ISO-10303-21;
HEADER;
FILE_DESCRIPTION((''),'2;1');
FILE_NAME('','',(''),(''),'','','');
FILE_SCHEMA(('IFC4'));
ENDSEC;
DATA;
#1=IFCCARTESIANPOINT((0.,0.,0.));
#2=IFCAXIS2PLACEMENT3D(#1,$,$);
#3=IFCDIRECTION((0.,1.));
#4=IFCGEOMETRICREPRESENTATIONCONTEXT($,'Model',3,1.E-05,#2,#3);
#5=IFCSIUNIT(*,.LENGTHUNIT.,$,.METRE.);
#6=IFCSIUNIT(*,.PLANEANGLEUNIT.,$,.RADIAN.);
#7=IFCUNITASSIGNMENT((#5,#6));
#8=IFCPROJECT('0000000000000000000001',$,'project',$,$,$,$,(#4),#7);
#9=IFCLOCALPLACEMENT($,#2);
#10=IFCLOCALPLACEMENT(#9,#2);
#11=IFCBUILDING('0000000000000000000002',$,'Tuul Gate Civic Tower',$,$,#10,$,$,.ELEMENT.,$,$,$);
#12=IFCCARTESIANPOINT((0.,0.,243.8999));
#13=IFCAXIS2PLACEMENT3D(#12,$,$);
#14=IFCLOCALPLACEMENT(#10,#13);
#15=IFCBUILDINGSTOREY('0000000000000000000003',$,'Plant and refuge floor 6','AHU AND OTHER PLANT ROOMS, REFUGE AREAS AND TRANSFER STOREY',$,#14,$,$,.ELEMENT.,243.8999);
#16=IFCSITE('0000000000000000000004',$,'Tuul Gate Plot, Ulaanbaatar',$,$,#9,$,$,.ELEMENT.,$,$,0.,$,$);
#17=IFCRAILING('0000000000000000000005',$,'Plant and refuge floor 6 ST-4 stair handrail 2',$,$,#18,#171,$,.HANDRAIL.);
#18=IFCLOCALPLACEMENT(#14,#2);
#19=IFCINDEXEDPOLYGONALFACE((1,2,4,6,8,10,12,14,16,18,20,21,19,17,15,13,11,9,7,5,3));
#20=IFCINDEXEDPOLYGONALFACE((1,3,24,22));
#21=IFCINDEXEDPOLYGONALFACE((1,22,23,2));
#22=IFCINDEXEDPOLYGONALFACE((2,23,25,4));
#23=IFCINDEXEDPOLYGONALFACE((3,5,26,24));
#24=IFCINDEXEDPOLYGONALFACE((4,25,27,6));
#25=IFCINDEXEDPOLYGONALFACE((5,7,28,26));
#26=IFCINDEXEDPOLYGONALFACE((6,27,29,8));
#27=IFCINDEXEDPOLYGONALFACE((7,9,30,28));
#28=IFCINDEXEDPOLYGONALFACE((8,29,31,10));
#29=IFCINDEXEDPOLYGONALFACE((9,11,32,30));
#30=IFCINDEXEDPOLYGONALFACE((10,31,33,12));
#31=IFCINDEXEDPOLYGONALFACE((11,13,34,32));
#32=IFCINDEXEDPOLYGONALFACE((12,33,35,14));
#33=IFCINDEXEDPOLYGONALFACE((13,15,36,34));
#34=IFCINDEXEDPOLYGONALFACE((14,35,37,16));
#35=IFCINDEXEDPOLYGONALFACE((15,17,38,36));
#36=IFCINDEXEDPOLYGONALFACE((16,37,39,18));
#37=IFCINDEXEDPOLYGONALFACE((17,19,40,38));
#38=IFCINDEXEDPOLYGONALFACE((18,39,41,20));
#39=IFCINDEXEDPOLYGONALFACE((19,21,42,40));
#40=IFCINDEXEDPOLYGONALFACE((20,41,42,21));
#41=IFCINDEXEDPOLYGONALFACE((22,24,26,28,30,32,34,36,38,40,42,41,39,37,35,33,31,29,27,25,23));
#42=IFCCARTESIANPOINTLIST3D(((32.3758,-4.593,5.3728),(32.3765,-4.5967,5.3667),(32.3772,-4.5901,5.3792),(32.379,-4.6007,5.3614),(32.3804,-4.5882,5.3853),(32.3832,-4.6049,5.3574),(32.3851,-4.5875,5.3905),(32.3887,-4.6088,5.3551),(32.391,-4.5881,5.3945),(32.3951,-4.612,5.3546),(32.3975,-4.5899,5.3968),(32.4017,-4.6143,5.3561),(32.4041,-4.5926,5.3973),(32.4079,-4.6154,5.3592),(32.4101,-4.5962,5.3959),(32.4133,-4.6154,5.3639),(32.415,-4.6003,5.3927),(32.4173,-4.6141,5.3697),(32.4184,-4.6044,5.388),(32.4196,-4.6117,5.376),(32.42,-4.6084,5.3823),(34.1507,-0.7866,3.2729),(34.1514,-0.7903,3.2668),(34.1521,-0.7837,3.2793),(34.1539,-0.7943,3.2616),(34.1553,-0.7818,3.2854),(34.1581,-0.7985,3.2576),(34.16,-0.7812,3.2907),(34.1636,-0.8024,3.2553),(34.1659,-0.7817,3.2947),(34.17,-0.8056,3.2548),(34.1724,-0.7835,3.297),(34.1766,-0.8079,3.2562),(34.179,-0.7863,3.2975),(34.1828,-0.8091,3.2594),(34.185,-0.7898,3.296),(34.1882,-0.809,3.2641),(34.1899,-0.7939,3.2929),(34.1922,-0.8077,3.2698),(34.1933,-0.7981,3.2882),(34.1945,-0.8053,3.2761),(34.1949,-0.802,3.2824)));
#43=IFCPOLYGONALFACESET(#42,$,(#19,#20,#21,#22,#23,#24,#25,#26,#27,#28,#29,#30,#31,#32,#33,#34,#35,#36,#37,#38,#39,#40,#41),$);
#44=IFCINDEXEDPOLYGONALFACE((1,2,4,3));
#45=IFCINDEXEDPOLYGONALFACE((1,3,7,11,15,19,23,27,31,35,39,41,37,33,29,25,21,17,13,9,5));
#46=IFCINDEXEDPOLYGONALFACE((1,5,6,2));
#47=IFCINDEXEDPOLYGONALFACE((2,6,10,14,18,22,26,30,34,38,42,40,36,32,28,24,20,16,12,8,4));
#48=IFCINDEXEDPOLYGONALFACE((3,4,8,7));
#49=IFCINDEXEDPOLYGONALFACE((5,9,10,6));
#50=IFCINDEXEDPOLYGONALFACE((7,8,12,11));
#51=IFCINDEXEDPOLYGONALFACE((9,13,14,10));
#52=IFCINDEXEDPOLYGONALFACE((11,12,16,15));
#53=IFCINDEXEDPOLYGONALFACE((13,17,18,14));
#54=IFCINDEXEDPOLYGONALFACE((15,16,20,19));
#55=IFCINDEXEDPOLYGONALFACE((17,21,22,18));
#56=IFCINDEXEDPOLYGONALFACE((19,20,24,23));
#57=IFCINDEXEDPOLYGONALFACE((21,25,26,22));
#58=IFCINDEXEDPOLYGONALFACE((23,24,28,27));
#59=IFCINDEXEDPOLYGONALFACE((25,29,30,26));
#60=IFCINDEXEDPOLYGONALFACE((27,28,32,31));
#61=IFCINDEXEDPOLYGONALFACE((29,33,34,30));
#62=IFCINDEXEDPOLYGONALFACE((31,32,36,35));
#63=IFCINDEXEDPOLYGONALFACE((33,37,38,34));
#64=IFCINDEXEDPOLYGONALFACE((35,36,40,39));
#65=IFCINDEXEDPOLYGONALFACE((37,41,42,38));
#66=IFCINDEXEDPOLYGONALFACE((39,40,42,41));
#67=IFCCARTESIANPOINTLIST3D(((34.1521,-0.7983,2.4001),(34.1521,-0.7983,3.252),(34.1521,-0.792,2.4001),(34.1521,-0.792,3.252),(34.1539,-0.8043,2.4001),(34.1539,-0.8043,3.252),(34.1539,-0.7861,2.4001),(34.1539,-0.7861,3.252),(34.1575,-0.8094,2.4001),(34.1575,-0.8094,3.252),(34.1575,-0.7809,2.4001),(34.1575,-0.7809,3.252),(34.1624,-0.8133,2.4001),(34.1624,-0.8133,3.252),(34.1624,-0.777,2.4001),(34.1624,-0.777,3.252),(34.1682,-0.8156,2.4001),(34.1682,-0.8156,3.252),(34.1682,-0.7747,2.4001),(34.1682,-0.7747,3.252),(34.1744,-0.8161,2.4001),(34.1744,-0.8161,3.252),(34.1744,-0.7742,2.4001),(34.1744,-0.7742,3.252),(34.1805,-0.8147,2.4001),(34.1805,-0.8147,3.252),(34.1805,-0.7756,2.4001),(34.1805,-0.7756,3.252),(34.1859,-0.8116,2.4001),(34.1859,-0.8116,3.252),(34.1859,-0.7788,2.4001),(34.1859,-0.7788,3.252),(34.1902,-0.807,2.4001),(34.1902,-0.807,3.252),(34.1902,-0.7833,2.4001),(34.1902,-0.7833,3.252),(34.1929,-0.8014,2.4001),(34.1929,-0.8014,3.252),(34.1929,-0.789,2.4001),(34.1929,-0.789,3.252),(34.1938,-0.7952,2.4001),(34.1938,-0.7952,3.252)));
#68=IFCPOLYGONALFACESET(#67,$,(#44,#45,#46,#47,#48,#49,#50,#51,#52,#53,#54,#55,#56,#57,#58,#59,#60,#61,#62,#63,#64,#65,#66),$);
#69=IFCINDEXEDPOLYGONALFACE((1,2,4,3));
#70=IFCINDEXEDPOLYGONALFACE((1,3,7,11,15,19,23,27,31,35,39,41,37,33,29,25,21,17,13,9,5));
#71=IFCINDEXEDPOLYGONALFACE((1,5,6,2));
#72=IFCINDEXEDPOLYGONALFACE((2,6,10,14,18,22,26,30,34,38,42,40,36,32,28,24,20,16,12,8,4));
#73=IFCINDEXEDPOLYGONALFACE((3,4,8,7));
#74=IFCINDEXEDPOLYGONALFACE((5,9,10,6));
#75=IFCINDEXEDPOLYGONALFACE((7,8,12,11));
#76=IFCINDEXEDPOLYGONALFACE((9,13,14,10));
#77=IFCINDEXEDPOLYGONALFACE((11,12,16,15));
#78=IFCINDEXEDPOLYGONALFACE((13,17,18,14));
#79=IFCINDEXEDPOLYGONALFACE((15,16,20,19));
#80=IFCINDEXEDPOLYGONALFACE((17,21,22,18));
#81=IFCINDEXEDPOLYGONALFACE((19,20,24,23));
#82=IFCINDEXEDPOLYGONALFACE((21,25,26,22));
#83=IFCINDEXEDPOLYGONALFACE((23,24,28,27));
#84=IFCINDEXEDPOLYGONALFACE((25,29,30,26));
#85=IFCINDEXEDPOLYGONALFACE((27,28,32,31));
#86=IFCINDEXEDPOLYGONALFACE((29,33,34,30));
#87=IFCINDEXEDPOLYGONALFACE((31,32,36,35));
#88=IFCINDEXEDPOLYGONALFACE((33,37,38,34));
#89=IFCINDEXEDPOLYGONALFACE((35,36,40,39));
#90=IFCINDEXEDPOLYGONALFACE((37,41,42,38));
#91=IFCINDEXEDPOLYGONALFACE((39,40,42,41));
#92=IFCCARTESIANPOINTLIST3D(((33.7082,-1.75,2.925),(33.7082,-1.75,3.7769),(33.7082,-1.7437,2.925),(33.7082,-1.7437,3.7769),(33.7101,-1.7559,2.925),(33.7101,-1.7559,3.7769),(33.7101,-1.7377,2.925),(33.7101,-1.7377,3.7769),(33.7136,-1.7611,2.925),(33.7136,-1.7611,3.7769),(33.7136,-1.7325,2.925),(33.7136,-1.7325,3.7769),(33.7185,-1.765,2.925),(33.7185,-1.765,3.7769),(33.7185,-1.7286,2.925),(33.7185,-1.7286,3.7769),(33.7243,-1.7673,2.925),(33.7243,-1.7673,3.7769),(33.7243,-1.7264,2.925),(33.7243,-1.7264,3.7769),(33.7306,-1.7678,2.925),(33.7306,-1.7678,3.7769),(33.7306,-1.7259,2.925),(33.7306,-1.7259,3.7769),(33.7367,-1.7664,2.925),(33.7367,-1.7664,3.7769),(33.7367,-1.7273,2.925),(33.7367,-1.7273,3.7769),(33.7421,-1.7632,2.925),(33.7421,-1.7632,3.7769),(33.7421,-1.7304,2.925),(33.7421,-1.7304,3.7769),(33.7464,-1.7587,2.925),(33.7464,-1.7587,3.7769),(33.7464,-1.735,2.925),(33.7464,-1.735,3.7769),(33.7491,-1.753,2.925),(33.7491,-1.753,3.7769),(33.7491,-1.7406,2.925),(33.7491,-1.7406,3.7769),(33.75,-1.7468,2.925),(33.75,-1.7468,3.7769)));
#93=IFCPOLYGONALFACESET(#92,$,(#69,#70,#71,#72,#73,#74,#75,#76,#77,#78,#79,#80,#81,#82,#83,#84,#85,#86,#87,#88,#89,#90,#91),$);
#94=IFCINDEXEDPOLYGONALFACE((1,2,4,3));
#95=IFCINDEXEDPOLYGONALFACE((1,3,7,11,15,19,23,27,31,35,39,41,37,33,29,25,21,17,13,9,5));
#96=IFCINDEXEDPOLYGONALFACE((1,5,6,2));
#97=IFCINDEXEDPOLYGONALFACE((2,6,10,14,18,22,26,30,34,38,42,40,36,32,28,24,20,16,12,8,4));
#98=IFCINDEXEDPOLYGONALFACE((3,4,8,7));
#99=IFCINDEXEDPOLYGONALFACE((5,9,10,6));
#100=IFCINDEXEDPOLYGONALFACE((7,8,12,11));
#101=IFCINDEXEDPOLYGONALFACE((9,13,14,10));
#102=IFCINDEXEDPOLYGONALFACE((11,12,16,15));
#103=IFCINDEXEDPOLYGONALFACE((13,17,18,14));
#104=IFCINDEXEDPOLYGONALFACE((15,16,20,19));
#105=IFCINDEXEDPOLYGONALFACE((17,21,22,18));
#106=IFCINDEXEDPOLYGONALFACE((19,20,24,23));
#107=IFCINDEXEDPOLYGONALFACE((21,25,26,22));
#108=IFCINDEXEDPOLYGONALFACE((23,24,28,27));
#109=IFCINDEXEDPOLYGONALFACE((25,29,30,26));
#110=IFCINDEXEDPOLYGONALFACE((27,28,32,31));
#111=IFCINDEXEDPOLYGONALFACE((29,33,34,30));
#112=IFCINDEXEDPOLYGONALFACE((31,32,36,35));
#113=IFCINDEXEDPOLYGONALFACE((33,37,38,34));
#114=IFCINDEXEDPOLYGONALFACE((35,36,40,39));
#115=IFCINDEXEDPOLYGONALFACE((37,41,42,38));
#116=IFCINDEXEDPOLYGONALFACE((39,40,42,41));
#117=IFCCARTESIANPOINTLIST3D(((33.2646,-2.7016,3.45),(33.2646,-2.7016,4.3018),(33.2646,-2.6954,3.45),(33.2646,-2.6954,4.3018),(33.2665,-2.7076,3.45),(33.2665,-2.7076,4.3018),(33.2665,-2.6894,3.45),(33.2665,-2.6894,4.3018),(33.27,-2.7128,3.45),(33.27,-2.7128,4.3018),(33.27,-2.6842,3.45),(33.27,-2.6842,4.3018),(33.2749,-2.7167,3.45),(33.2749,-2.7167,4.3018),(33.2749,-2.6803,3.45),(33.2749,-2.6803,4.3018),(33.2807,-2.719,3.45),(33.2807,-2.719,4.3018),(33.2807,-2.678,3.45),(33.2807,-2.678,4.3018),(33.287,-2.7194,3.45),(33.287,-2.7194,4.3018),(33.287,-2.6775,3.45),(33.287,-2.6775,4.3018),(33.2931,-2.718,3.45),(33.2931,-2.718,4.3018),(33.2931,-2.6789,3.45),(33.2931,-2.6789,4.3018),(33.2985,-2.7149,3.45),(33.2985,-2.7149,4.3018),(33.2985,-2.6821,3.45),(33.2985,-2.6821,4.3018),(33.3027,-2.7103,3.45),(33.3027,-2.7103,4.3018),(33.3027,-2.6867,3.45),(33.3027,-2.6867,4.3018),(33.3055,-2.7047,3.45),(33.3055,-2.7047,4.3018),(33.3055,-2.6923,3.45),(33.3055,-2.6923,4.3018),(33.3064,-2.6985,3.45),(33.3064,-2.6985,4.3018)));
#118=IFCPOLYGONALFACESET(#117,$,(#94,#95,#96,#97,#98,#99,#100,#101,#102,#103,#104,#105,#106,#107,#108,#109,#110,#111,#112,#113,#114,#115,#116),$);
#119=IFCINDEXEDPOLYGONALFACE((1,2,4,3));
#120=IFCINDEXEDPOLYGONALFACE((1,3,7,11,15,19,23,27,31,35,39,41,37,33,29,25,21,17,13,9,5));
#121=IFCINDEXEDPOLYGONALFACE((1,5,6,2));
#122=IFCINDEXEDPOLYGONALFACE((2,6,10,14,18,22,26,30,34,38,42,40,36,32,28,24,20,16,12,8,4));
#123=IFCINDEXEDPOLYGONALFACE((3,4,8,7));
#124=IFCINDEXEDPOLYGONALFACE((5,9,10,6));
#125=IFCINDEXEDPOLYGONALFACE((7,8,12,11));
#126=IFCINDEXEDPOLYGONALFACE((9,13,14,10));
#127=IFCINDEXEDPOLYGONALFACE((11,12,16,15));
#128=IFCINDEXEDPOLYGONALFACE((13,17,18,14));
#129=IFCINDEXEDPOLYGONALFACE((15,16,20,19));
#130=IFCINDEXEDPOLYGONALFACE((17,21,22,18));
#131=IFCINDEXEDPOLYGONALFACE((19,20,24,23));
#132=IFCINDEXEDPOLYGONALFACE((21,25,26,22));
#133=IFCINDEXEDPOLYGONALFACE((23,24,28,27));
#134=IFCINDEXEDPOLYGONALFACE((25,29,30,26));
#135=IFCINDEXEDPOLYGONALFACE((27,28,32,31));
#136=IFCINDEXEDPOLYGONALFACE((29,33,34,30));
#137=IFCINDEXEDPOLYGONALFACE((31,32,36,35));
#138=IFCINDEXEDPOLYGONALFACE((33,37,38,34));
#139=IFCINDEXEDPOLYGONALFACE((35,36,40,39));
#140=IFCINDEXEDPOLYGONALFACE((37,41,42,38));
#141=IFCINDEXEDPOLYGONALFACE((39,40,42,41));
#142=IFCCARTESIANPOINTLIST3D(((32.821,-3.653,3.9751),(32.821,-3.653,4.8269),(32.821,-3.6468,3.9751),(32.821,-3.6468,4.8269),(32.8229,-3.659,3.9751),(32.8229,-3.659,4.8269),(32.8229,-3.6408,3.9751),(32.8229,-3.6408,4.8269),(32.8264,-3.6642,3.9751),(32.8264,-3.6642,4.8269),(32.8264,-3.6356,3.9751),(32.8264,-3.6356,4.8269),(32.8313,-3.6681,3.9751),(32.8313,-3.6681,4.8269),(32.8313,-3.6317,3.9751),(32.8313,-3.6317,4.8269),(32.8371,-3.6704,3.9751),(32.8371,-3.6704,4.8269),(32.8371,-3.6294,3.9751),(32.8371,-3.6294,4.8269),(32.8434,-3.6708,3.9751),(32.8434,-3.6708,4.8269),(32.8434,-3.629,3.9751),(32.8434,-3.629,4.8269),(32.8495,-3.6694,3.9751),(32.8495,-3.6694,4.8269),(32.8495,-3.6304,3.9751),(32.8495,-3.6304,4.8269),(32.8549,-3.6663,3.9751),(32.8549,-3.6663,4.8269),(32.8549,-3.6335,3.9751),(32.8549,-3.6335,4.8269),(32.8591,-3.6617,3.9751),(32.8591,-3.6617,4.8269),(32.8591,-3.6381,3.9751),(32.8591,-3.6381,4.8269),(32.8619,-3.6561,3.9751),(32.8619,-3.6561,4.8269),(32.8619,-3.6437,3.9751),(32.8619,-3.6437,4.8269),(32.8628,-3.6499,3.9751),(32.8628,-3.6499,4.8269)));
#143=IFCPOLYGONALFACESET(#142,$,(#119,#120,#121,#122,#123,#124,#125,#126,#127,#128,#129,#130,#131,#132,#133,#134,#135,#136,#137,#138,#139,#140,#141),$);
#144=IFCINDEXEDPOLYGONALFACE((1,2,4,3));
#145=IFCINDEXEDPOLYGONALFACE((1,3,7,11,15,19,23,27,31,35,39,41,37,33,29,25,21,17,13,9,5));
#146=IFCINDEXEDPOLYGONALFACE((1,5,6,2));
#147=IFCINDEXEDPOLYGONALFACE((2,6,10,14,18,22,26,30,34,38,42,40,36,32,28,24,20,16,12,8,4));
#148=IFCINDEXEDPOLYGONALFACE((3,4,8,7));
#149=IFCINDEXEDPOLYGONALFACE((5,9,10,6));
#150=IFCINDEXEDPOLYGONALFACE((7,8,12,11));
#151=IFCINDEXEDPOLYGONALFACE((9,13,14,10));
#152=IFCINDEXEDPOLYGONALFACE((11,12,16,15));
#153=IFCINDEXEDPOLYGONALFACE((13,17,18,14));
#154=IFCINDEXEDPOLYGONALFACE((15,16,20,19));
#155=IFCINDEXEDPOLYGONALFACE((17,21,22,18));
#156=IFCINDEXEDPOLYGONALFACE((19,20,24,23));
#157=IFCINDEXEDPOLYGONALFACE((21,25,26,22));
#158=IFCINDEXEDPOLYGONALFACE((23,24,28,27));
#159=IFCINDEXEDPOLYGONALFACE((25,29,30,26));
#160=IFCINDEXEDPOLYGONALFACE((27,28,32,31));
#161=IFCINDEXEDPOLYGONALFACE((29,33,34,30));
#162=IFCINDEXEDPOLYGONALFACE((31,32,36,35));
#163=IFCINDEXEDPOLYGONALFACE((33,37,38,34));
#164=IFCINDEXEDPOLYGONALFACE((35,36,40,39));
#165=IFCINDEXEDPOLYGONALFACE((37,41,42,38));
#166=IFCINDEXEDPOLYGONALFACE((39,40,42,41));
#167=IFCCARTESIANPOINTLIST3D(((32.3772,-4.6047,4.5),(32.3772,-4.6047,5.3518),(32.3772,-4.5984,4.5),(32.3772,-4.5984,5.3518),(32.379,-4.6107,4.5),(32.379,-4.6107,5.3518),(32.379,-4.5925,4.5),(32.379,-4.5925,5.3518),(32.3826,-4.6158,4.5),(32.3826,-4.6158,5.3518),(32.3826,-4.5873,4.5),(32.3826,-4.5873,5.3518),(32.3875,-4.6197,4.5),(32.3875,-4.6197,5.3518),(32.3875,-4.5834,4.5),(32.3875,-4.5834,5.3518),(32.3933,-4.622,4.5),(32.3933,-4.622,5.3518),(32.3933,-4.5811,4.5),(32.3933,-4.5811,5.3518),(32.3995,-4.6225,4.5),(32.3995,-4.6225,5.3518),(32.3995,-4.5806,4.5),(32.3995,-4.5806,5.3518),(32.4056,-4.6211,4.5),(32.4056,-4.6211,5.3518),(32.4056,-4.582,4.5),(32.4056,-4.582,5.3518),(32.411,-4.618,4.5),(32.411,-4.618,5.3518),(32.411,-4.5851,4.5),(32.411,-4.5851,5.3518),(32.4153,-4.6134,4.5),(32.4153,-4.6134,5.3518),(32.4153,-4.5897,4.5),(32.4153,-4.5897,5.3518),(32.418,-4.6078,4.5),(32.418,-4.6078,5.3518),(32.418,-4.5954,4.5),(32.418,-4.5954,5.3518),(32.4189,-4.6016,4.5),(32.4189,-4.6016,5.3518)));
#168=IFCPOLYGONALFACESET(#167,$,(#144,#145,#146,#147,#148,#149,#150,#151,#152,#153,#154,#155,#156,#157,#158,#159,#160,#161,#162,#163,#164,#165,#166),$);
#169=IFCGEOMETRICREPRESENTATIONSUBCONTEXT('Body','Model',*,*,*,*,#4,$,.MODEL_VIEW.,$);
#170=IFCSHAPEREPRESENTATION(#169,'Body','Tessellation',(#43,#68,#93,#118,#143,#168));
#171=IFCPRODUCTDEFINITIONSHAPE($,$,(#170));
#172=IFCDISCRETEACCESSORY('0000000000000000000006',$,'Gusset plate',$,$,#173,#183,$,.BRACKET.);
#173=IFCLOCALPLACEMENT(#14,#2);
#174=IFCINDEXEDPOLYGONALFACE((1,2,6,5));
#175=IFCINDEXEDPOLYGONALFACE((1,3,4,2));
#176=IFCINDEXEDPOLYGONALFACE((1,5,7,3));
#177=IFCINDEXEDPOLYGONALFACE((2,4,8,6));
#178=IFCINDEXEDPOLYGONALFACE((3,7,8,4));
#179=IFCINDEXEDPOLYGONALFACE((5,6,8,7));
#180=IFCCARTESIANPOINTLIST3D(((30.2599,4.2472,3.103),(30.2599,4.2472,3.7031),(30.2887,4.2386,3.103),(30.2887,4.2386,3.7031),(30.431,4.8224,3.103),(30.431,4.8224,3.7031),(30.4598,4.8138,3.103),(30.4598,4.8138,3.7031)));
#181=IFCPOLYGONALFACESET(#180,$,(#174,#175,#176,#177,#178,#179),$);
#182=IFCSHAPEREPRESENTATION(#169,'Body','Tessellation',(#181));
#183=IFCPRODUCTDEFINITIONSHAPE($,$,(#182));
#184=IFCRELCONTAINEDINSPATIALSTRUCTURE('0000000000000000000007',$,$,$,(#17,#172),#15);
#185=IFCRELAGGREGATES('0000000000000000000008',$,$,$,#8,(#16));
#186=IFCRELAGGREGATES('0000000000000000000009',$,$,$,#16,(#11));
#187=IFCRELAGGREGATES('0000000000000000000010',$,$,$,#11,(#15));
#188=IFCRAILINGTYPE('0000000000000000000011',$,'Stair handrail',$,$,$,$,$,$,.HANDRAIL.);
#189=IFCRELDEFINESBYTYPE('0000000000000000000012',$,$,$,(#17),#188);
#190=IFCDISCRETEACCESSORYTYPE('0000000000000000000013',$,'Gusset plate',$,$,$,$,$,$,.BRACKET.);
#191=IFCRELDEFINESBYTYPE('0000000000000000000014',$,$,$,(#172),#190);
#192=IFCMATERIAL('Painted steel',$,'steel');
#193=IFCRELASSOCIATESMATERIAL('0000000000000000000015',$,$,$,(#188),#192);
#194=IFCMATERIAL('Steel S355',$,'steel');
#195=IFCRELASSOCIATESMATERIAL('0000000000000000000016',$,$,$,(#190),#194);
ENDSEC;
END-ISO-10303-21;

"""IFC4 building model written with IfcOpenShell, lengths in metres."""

from ifc_helpers import new_model, si_unit, direction, frame, origin, origin_2d, place, context, subcontext, project, spatial, rectangle, circle, extrude, material, type_object, element, save


model = new_model("IFC4")

# Units and contexts
model_context = context("Model", 3, precision=1e-05, world=origin(), true_north=direction((0.0, 1.0)))
body_context = subcontext(model_context, "Body", "Model", "MODEL_VIEW")
ifc_project = project(units=[si_unit("LENGTHUNIT", "METRE"), si_unit("PLANEANGLEUNIT", "RADIAN")], contexts=[model_context])

# Site, building, storey
site_placement = place(None, origin())
site = spatial("IfcSite", under=ifc_project, at=site_placement, Name="Tuul Gate Plot, Ulaanbaatar", CompositionType="ELEMENT", RefElevation=0.0)
building_placement = place(site_placement, origin())
building = spatial("IfcBuilding", under=site, at=building_placement, Name="Tuul Gate Civic Tower", CompositionType="ELEMENT")
storey_placement = place(building_placement, frame((0.0, 0.0, 243.8999)))
storey = spatial("IfcBuildingStorey", under=building, at=storey_placement, Name="Plant and refuge floor 6", Description="AHU AND OTHER PLANT ROOMS, REFUGE AREAS AND TRANSFER STOREY", CompositionType="ELEMENT", Elevation=243.8999)

# Railing
ifc_material_1 = material(Name="Painted steel", Category="steel")
railing_type = type_object("IfcRailingType", Name="Stair handrail", PredefinedType="HANDRAIL", material=ifc_material_1)
railing_placement = place(storey_placement, frame((34.1729, -0.7952, 2.4001)))
element("IfcRailing", 1, at=railing_placement, inside=storey, type_object=railing_type, Name="Plant and refuge floor 6 ST-4 stair handrail 2", PredefinedType="HANDRAIL", context=body_context, shape_type="SweptSolid", body=[
    extrude(circle(Radius=0.0239, at=origin_2d()), frame((0.0, 0.0, 0.876), z_axis=(-0.377996, -0.810637, 0.447199), x_axis=(0.906312, -0.422609, 0.0)), (0.0, 0.0, 1.0), 4.6956),
    extrude(circle(Radius=0.021, at=origin_2d()), origin(), (0.0, 0.0, 1.0), 0.8518),
    extrude(circle(Radius=0.021, at=origin_2d()), frame((-0.4438, -0.9517, 0.5249)), (0.0, 0.0, 1.0), 0.8518),
    extrude(circle(Radius=0.021, at=origin_2d()), frame((-0.8875, -1.9033, 1.0498)), (0.0, 0.0, 1.0), 0.8518),
    extrude(circle(Radius=0.021, at=origin_2d()), frame((-1.3311, -2.8547, 1.575)), (0.0, 0.0, 1.0), 0.8518),
    extrude(circle(Radius=0.021, at=origin_2d()), frame((-1.7749, -3.8064, 2.0999)), (0.0, 0.0, 1.0), 0.8518),
])

# Discrete accessory
ifc_material_2 = material(Name="Steel S355", Category="steel")
discrete_accessory_type = type_object("IfcDiscreteAccessoryType", Name="Gusset plate", PredefinedType="BRACKET", material=ifc_material_2)
discrete_accessory_placement = place(storey_placement, frame((30.3599, 4.5305, 3.103), z_axis=(0.0, 0.0, 1.0), x_axis=(0.285212, 0.958464, 0.0)))
element("IfcDiscreteAccessory", 2, at=discrete_accessory_placement, inside=storey, type_object=discrete_accessory_type, Name="Gusset plate", PredefinedType="BRACKET", context=body_context, shape_type="SweptSolid", body=[
    extrude(rectangle(XDim=0.6001, YDim=0.03, at=origin_2d()), origin(), (0.0, 0.0, 1.0), 0.6001),
])

save(model, "model.ifc")
